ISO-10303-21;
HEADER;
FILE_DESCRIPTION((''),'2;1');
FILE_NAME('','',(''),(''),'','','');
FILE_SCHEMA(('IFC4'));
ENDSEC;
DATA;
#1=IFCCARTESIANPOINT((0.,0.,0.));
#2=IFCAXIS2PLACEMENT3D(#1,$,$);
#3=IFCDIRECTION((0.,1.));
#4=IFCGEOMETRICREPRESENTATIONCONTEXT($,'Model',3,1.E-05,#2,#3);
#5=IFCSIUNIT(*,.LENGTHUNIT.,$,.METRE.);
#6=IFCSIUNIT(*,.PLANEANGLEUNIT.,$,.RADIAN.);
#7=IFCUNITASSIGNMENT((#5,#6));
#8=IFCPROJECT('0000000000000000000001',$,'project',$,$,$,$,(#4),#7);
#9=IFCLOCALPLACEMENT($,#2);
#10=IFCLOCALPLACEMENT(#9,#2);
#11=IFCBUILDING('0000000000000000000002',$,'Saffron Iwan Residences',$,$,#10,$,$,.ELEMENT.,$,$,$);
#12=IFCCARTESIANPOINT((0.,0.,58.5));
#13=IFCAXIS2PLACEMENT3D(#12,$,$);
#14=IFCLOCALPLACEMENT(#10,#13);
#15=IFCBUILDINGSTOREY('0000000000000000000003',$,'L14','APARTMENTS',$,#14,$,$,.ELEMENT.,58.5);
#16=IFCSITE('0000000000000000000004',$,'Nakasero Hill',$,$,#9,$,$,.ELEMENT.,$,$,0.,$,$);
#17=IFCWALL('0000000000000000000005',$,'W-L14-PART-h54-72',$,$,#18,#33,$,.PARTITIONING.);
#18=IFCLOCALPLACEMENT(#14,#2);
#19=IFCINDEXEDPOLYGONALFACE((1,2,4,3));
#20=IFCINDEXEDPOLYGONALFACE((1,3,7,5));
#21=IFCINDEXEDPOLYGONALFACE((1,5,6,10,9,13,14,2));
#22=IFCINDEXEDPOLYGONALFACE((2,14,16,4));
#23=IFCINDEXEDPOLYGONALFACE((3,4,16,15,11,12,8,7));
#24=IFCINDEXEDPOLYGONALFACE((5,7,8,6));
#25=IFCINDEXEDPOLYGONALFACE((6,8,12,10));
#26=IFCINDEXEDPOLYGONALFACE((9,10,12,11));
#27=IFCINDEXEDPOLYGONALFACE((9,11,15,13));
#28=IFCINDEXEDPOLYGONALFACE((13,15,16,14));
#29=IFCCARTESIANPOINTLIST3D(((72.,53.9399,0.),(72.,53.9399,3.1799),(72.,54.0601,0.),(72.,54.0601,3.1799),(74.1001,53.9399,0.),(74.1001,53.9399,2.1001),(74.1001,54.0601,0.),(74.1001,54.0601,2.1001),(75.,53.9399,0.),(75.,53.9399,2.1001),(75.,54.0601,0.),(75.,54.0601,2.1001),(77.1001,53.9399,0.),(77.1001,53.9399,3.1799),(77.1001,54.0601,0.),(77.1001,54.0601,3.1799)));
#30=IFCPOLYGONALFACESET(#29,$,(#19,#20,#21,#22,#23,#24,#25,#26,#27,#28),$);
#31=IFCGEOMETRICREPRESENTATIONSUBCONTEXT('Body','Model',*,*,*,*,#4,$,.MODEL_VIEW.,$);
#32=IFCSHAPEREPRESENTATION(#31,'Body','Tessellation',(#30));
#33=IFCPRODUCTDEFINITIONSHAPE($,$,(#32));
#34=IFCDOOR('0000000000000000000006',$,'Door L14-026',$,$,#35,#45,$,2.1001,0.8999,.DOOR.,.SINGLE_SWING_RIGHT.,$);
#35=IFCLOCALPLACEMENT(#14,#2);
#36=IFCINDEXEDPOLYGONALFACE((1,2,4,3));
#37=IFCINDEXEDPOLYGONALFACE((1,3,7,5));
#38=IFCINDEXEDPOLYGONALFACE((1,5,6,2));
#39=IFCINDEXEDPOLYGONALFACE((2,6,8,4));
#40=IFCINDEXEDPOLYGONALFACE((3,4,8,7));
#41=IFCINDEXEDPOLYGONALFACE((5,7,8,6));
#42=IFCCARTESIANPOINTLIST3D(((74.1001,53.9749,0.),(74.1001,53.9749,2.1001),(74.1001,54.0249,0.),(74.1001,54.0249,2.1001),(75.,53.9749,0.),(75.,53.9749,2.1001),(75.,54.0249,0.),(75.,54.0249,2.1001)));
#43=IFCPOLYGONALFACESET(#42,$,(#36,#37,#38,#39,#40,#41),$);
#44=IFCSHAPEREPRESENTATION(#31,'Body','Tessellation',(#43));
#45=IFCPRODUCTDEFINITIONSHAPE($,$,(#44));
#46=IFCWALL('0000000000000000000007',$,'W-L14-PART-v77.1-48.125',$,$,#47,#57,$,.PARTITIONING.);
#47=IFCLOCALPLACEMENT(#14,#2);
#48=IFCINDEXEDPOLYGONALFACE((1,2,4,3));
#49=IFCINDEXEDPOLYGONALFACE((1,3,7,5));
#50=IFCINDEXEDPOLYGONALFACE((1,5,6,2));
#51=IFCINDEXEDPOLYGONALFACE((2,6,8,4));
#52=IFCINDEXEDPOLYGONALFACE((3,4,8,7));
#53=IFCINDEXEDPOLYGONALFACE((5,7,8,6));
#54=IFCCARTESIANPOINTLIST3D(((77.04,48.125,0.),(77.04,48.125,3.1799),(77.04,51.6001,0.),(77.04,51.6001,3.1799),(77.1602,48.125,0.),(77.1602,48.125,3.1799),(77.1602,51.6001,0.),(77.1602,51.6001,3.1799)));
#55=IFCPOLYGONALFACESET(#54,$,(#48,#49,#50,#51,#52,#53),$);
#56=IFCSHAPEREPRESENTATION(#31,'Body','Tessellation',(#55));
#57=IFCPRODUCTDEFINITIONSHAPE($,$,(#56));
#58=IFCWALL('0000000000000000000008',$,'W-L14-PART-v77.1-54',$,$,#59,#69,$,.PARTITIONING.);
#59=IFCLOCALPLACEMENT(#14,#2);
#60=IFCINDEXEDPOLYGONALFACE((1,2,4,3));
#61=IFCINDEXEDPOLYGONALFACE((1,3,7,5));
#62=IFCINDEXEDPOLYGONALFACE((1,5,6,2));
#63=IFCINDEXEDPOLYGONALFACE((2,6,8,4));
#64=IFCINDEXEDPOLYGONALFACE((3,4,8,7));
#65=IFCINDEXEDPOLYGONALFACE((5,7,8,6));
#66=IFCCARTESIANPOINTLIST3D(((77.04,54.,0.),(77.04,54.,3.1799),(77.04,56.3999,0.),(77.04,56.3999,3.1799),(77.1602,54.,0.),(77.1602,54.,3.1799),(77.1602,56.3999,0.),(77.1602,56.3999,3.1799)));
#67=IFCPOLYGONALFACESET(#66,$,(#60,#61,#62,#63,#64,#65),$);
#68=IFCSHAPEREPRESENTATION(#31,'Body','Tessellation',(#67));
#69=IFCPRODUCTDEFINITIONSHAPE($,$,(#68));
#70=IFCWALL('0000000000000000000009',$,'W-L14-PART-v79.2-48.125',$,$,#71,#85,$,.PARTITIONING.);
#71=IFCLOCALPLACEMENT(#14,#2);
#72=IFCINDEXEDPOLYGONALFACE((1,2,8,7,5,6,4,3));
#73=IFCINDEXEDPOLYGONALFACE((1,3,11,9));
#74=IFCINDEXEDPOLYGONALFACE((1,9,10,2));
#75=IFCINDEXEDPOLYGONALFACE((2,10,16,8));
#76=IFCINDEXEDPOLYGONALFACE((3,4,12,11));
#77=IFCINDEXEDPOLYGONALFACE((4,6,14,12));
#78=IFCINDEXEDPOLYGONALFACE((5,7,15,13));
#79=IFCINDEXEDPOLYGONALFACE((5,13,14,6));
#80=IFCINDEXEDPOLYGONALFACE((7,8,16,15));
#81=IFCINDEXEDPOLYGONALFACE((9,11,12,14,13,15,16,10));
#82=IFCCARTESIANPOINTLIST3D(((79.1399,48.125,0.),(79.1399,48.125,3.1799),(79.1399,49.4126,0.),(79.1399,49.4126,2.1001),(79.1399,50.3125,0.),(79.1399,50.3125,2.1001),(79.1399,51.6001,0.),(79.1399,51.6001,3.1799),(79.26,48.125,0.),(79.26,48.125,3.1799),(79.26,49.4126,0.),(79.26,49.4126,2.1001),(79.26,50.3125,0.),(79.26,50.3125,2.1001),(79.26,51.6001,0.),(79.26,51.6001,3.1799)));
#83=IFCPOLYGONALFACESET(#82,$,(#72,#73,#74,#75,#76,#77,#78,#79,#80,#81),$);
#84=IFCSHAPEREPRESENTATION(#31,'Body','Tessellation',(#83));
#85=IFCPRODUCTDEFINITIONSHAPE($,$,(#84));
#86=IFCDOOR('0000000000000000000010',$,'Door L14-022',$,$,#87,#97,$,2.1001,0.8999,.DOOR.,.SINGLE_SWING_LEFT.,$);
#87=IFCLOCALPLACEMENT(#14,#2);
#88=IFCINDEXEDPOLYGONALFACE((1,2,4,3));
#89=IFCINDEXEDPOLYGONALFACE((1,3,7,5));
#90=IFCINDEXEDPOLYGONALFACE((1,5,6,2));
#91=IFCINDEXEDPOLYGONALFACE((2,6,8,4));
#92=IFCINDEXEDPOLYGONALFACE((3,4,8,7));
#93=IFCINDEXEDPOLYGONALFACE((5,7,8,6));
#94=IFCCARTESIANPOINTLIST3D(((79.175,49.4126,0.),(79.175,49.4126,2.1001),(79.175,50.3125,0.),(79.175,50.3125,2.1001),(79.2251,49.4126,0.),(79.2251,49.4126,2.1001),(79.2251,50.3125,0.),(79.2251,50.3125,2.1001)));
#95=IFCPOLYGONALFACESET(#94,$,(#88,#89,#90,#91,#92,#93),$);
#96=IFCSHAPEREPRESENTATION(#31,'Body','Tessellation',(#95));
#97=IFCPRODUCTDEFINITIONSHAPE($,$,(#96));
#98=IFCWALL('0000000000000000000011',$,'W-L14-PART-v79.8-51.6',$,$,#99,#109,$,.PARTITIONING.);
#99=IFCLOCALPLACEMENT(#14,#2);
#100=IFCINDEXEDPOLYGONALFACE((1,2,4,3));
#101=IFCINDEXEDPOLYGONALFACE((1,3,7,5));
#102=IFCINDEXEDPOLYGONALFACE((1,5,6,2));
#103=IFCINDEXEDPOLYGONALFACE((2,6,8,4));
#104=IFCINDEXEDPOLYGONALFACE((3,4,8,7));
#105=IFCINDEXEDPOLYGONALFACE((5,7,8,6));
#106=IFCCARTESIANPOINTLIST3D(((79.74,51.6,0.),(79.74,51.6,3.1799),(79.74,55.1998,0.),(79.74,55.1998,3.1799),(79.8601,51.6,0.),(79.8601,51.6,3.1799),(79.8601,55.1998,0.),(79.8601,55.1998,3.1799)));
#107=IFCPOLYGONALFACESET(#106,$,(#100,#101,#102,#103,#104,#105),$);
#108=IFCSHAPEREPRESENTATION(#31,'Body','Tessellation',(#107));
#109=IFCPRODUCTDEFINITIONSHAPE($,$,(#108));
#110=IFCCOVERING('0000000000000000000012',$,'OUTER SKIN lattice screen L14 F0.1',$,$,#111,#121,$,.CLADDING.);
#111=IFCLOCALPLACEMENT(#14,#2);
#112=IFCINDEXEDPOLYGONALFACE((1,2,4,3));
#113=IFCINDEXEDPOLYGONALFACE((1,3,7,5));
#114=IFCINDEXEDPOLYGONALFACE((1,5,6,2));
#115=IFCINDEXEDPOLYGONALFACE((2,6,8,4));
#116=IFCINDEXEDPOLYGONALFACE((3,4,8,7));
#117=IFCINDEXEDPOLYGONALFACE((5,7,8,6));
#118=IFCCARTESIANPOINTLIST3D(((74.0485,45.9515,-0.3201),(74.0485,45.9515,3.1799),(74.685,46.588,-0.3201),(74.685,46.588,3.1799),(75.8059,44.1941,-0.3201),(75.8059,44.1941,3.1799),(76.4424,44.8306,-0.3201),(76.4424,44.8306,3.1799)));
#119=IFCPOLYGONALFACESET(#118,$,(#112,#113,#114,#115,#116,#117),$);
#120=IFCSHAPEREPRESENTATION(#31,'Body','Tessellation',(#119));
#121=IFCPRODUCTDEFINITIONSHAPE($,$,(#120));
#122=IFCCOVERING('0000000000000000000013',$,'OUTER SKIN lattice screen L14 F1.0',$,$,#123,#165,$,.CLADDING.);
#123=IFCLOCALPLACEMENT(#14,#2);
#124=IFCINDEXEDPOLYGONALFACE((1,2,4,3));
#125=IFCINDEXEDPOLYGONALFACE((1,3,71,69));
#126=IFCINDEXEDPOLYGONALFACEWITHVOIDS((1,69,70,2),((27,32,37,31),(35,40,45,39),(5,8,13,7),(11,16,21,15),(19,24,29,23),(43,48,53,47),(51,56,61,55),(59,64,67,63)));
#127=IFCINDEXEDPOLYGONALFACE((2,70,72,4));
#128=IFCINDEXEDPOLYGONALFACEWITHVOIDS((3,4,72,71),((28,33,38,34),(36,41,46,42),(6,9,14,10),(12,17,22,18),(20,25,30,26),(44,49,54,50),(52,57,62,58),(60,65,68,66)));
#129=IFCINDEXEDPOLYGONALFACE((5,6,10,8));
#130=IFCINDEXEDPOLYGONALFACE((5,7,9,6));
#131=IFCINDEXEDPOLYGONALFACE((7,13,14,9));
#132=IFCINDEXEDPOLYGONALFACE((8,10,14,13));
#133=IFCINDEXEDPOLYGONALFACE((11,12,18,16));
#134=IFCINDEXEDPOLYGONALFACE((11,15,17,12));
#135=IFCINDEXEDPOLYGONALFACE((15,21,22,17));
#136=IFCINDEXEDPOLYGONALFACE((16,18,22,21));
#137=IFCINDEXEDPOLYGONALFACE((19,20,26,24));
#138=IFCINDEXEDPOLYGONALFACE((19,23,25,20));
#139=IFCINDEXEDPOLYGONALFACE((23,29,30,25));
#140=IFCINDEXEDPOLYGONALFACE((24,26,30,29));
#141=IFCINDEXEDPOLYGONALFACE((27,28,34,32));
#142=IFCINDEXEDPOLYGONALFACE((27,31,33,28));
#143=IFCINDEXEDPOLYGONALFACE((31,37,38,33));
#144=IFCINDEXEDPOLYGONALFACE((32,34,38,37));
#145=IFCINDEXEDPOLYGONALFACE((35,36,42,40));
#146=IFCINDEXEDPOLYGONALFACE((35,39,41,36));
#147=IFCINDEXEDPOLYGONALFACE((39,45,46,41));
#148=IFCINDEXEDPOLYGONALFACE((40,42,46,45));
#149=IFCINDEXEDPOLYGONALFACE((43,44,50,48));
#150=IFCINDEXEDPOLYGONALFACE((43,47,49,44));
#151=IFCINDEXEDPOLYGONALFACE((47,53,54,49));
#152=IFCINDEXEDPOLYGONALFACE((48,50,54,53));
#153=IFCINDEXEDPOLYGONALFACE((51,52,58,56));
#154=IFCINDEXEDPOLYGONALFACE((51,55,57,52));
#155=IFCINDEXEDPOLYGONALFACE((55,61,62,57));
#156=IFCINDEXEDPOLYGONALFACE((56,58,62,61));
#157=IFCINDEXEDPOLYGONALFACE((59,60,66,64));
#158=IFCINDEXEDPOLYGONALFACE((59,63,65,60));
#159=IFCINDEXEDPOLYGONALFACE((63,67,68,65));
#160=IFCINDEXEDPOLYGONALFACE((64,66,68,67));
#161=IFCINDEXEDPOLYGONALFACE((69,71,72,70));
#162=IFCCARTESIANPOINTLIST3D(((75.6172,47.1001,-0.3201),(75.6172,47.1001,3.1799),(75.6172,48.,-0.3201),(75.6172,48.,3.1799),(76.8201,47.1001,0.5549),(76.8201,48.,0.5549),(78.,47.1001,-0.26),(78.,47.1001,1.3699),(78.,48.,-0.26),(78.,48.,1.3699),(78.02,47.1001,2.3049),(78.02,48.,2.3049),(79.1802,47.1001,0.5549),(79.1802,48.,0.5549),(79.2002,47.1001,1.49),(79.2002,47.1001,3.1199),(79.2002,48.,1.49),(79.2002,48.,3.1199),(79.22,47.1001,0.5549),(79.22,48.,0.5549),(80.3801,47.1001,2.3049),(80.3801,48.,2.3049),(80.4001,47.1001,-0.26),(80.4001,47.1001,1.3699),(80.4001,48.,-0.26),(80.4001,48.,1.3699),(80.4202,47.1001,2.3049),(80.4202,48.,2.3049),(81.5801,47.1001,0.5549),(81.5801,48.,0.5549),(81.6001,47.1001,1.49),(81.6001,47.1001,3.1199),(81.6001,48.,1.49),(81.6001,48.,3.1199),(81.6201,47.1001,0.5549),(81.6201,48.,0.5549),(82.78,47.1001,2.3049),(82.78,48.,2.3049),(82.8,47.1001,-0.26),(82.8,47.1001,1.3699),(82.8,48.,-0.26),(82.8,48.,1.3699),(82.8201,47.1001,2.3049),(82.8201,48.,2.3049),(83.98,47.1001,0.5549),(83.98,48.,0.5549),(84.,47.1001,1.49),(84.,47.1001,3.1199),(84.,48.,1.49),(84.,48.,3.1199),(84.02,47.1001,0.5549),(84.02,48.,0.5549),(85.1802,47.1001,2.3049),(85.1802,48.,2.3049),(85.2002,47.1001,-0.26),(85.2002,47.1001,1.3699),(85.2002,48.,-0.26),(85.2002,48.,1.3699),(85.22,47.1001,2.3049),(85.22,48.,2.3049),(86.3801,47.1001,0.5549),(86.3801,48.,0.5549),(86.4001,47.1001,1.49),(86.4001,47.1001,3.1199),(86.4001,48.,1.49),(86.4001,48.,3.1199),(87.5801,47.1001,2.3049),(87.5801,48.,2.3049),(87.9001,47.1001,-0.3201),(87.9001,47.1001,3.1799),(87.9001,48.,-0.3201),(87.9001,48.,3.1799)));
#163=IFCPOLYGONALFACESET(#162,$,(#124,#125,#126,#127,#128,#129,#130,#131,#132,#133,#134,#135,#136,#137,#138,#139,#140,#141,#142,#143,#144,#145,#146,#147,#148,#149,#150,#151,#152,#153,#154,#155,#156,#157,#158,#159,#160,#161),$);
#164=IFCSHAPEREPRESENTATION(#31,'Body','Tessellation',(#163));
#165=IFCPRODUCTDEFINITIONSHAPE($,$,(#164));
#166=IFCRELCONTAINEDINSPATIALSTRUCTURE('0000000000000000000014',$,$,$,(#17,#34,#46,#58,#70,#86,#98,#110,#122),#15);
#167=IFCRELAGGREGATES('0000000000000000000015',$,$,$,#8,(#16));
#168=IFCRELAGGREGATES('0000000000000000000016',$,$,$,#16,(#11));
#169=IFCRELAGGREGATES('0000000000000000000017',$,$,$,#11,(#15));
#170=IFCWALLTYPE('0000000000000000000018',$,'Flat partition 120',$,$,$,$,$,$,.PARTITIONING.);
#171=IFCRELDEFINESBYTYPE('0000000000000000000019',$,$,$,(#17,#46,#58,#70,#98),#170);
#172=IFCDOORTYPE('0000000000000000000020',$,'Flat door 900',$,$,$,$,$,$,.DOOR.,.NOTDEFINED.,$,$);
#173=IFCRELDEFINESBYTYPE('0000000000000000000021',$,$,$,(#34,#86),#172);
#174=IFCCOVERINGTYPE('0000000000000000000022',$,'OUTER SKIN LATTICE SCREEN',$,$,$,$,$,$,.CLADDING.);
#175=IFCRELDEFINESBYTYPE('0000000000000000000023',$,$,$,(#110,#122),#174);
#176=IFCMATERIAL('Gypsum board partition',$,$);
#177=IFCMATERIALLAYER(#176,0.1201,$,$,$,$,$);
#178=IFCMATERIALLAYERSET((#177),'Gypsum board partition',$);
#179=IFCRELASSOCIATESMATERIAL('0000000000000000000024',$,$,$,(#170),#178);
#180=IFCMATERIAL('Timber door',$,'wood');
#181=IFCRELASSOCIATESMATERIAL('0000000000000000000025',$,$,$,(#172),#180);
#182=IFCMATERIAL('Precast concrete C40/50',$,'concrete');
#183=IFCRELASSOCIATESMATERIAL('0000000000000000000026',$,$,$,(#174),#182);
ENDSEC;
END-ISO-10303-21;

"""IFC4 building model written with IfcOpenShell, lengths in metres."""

from ifc_helpers import new_model, si_unit, direction, frame, frame_2d, origin, place, context, subcontext, project, spatial, polyline, rectangle, outline, extrude, material, layer, layer_set, type_object, element, fill, save


model = new_model("IFC4")

# Units and contexts
model_context = context("Model", 3, precision=1e-05, world=origin(), true_north=direction((0.0, 1.0)))
body_context = subcontext(model_context, "Body", "Model", "MODEL_VIEW")
ifc_project = project(units=[si_unit("LENGTHUNIT", "METRE"), si_unit("PLANEANGLEUNIT", "RADIAN")], contexts=[model_context])

# Site, building, storey
site_placement = place(None, origin())
site = spatial("IfcSite", under=ifc_project, at=site_placement, Name="Nakasero Hill", CompositionType="ELEMENT", RefElevation=0.0)
building_placement = place(site_placement, origin())
building = spatial("IfcBuilding", under=site, at=building_placement, Name="Saffron Iwan Residences", CompositionType="ELEMENT")
storey_placement = place(building_placement, frame((0.0, 0.0, 58.5)))
storey = spatial("IfcBuildingStorey", under=building, at=storey_placement, Name="L14", Description="APARTMENTS", CompositionType="ELEMENT", Elevation=58.5)

# Wall, opening, door
ifc_material_1 = material(Name="Gypsum board partition")
ifc_layer_1 = layer(ifc_material_1, 0.1201)
ifc_layer_set_1 = layer_set([ifc_layer_1], Name="Gypsum board partition")
wall_type_1 = type_object("IfcWallType", Name="Flat partition 120", PredefinedType="PARTITIONING", material=ifc_layer_set_1)
ifc_material_2 = material(Name="Timber door", Category="wood")
wall_1_placement = place(storey_placement, frame((72.0, 54.0, 0.0), z_axis=(0.0, 0.0, 1.0), x_axis=(1.0, 0.0, 0.0)))
wall_1 = element("IfcWall", 1, at=wall_1_placement, inside=storey, type_object=wall_type_1, Name="W-L14-PART-h54-72", PredefinedType="PARTITIONING", context=body_context, shape_type="SweptSolid", body=[
    extrude(rectangle(XDim=5.1001, YDim=0.1201, at=frame_2d((2.55, 0.0))), origin(), (0.0, 0.0, 1.0), 3.1799),
])
opening_1_placement = place(wall_1_placement, frame((2.1001, 0.0, 0.0)))
opening_1 = element("IfcOpeningElement", 2, at=opening_1_placement, cuts=wall_1, PredefinedType="OPENING", context=body_context, shape_type="SweptSolid", body=[
    extrude(rectangle(XDim=0.8999, YDim=2.1001, at=frame_2d((0.45, 1.05))), frame((0.0, 0.0701, 0.0), z_axis=(0.0, -1.0, 0.0), x_axis=(1.0, 0.0, 0.0)), (0.0, 0.0, 1.0), 0.1401),
])
door_type_1 = type_object("IfcDoorType", Name="Flat door 900", OperationType="NOTDEFINED", PredefinedType="DOOR", material=ifc_material_2)
door_1_placement = place(opening_1_placement, origin())
door_1 = element("IfcDoor", 3, at=door_1_placement, inside=storey, type_object=door_type_1, Name="Door L14-026", OperationType="SINGLE_SWING_RIGHT", OverallHeight=2.1001, OverallWidth=0.8999, PredefinedType="DOOR", context=body_context, shape_type="SweptSolid", body=[
    extrude(rectangle(XDim=0.8999, YDim=2.1001, at=frame_2d((0.45, 1.05))), frame((0.0, 0.0249, 0.0), z_axis=(0.0, -1.0, 0.0), x_axis=(1.0, 0.0, 0.0)), (0.0, 0.0, 1.0), 0.05),
])
fill(opening_1, door_1)

# Walls
wall_2_placement = place(storey_placement, frame((77.1001, 48.125, 0.0), z_axis=(0.0, 0.0, 1.0), x_axis=(0.0, 1.0, 0.0)))
element("IfcWall", 4, at=wall_2_placement, inside=storey, type_object=wall_type_1, Name="W-L14-PART-v77.1-48.125", PredefinedType="PARTITIONING", context=body_context, shape_type="SweptSolid", body=[
    extrude(rectangle(XDim=3.4751, YDim=0.1201, at=frame_2d((1.7375, 0.0))), origin(), (0.0, 0.0, 1.0), 3.1799),
])
wall_3_placement = place(storey_placement, frame((77.1001, 54.0, 0.0), z_axis=(0.0, 0.0, 1.0), x_axis=(0.0, 1.0, 0.0)))
element("IfcWall", 5, at=wall_3_placement, inside=storey, type_object=wall_type_1, Name="W-L14-PART-v77.1-54", PredefinedType="PARTITIONING", context=body_context, shape_type="SweptSolid", body=[
    extrude(rectangle(XDim=2.3999, YDim=0.1201, at=frame_2d((1.2, 0.0))), origin(), (0.0, 0.0, 1.0), 3.1799),
])

# Wall, opening, door
wall_4_placement = place(storey_placement, frame((79.2, 48.125, 0.0), z_axis=(0.0, 0.0, 1.0), x_axis=(0.0, 1.0, 0.0)))
wall_4 = element("IfcWall", 6, at=wall_4_placement, inside=storey, type_object=wall_type_1, Name="W-L14-PART-v79.2-48.125", PredefinedType="PARTITIONING", context=body_context, shape_type="SweptSolid", body=[
    extrude(rectangle(XDim=3.4751, YDim=0.1201, at=frame_2d((1.7375, 0.0))), origin(), (0.0, 0.0, 1.0), 3.1799),
])
opening_2_placement = place(wall_4_placement, frame((1.2876, 0.0, 0.0)))
opening_2 = element("IfcOpeningElement", 7, at=opening_2_placement, cuts=wall_4, PredefinedType="OPENING", context=body_context, shape_type="SweptSolid", body=[
    extrude(rectangle(XDim=0.8999, YDim=2.1001, at=frame_2d((0.45, 1.05))), frame((0.0, 0.0701, 0.0), z_axis=(0.0, -1.0, 0.0), x_axis=(1.0, 0.0, 0.0)), (0.0, 0.0, 1.0), 0.1401),
])
door_2_placement = place(opening_2_placement, origin())
door_2 = element("IfcDoor", 8, at=door_2_placement, inside=storey, type_object=door_type_1, Name="Door L14-022", OperationType="SINGLE_SWING_LEFT", OverallHeight=2.1001, OverallWidth=0.8999, PredefinedType="DOOR", context=body_context, shape_type="SweptSolid", body=[
    extrude(rectangle(XDim=0.8999, YDim=2.1001, at=frame_2d((0.45, 1.05))), frame((0.0, 0.0249, 0.0), z_axis=(0.0, -1.0, 0.0), x_axis=(1.0, 0.0, 0.0)), (0.0, 0.0, 1.0), 0.05),
])
fill(opening_2, door_2)

# Wall
wall_5_placement = place(storey_placement, frame((79.8, 51.6001, 0.0), z_axis=(0.0, 0.0, 1.0), x_axis=(0.0, 1.0, 0.0)))
element("IfcWall", 9, at=wall_5_placement, inside=storey, type_object=wall_type_1, Name="W-L14-PART-v79.8-51.6", PredefinedType="PARTITIONING", context=body_context, shape_type="SweptSolid", body=[
    extrude(rectangle(XDim=3.5999, YDim=0.1201, at=frame_2d((1.7998, 0.0))), origin(), (0.0, 0.0, 1.0), 3.1799),
])

# Coverings
ifc_material_3 = material(Name="Precast concrete C40/50", Category="concrete")
covering_type = type_object("IfcCoveringType", Name="OUTER SKIN LATTICE SCREEN", PredefinedType="CLADDING", material=ifc_material_3)
covering_1_placement = place(storey_placement, frame((75.8059, 44.1941, -0.3201), z_axis=(0.707107, 0.707107, 0.0), x_axis=(-0.707107, 0.707107, 0.0)))
element("IfcCovering", 10, at=covering_1_placement, inside=storey, type_object=covering_type, Name="OUTER SKIN lattice screen L14 F0.1", PredefinedType="CLADDING", context=body_context, shape_type="SweptSolid", body=[
    extrude(outline(polyline([(0.0, 0.0), (2.4854, 0.0), (2.4854, 3.5), (0.0, 3.5), (0.0, 0.0)])), origin(), (0.0, 0.0, 1.0), 0.9001),
])
covering_2_placement = place(storey_placement, frame((75.6172, 48.0, -0.3201), z_axis=(0.0, -1.0, 0.0), x_axis=(1.0, 0.0, 0.0)))
element("IfcCovering", 11, at=covering_2_placement, inside=storey, type_object=covering_type, Name="OUTER SKIN lattice screen L14 F1.0", PredefinedType="CLADDING", context=body_context, shape_type="SweptSolid", body=[
    extrude(outline(polyline([(0.0, 0.0), (12.283, 0.0), (12.283, 3.5), (0.0, 3.5), (0.0, 0.0)]), holes=[polyline([(1.2029, 0.875), (2.3828, 0.0601), (3.563, 0.875), (2.3828, 1.6899), (1.2029, 0.875)]), polyline([(3.6028, 0.875), (4.783, 0.0601), (5.9629, 0.875), (4.783, 1.6899), (3.6028, 0.875)]), polyline([(6.0029, 0.875), (7.1829, 0.0601), (8.3628, 0.875), (7.1829, 1.6899), (6.0029, 0.875)]), polyline([(8.4028, 0.875), (9.583, 0.0601), (10.7629, 0.875), (9.583, 1.6899), (8.4028, 0.875)]), polyline([(2.4028, 2.625), (3.583, 1.8101), (4.7629, 2.625), (3.583, 3.4399), (2.4028, 2.625)]), polyline([(4.803, 2.625), (5.9829, 1.8101), (7.1628, 2.625), (5.9829, 3.4399), (4.803, 2.625)]), polyline([(7.2029, 2.625), (8.3828, 1.8101), (9.563, 2.625), (8.3828, 3.4399), (7.2029, 2.625)]), polyline([(9.6028, 2.625), (10.783, 1.8101), (11.9629, 2.625), (10.783, 3.4399), (9.6028, 2.625)])]), origin(), (0.0, 0.0, 1.0), 0.8999),
])

save(model, "model.ifc")
